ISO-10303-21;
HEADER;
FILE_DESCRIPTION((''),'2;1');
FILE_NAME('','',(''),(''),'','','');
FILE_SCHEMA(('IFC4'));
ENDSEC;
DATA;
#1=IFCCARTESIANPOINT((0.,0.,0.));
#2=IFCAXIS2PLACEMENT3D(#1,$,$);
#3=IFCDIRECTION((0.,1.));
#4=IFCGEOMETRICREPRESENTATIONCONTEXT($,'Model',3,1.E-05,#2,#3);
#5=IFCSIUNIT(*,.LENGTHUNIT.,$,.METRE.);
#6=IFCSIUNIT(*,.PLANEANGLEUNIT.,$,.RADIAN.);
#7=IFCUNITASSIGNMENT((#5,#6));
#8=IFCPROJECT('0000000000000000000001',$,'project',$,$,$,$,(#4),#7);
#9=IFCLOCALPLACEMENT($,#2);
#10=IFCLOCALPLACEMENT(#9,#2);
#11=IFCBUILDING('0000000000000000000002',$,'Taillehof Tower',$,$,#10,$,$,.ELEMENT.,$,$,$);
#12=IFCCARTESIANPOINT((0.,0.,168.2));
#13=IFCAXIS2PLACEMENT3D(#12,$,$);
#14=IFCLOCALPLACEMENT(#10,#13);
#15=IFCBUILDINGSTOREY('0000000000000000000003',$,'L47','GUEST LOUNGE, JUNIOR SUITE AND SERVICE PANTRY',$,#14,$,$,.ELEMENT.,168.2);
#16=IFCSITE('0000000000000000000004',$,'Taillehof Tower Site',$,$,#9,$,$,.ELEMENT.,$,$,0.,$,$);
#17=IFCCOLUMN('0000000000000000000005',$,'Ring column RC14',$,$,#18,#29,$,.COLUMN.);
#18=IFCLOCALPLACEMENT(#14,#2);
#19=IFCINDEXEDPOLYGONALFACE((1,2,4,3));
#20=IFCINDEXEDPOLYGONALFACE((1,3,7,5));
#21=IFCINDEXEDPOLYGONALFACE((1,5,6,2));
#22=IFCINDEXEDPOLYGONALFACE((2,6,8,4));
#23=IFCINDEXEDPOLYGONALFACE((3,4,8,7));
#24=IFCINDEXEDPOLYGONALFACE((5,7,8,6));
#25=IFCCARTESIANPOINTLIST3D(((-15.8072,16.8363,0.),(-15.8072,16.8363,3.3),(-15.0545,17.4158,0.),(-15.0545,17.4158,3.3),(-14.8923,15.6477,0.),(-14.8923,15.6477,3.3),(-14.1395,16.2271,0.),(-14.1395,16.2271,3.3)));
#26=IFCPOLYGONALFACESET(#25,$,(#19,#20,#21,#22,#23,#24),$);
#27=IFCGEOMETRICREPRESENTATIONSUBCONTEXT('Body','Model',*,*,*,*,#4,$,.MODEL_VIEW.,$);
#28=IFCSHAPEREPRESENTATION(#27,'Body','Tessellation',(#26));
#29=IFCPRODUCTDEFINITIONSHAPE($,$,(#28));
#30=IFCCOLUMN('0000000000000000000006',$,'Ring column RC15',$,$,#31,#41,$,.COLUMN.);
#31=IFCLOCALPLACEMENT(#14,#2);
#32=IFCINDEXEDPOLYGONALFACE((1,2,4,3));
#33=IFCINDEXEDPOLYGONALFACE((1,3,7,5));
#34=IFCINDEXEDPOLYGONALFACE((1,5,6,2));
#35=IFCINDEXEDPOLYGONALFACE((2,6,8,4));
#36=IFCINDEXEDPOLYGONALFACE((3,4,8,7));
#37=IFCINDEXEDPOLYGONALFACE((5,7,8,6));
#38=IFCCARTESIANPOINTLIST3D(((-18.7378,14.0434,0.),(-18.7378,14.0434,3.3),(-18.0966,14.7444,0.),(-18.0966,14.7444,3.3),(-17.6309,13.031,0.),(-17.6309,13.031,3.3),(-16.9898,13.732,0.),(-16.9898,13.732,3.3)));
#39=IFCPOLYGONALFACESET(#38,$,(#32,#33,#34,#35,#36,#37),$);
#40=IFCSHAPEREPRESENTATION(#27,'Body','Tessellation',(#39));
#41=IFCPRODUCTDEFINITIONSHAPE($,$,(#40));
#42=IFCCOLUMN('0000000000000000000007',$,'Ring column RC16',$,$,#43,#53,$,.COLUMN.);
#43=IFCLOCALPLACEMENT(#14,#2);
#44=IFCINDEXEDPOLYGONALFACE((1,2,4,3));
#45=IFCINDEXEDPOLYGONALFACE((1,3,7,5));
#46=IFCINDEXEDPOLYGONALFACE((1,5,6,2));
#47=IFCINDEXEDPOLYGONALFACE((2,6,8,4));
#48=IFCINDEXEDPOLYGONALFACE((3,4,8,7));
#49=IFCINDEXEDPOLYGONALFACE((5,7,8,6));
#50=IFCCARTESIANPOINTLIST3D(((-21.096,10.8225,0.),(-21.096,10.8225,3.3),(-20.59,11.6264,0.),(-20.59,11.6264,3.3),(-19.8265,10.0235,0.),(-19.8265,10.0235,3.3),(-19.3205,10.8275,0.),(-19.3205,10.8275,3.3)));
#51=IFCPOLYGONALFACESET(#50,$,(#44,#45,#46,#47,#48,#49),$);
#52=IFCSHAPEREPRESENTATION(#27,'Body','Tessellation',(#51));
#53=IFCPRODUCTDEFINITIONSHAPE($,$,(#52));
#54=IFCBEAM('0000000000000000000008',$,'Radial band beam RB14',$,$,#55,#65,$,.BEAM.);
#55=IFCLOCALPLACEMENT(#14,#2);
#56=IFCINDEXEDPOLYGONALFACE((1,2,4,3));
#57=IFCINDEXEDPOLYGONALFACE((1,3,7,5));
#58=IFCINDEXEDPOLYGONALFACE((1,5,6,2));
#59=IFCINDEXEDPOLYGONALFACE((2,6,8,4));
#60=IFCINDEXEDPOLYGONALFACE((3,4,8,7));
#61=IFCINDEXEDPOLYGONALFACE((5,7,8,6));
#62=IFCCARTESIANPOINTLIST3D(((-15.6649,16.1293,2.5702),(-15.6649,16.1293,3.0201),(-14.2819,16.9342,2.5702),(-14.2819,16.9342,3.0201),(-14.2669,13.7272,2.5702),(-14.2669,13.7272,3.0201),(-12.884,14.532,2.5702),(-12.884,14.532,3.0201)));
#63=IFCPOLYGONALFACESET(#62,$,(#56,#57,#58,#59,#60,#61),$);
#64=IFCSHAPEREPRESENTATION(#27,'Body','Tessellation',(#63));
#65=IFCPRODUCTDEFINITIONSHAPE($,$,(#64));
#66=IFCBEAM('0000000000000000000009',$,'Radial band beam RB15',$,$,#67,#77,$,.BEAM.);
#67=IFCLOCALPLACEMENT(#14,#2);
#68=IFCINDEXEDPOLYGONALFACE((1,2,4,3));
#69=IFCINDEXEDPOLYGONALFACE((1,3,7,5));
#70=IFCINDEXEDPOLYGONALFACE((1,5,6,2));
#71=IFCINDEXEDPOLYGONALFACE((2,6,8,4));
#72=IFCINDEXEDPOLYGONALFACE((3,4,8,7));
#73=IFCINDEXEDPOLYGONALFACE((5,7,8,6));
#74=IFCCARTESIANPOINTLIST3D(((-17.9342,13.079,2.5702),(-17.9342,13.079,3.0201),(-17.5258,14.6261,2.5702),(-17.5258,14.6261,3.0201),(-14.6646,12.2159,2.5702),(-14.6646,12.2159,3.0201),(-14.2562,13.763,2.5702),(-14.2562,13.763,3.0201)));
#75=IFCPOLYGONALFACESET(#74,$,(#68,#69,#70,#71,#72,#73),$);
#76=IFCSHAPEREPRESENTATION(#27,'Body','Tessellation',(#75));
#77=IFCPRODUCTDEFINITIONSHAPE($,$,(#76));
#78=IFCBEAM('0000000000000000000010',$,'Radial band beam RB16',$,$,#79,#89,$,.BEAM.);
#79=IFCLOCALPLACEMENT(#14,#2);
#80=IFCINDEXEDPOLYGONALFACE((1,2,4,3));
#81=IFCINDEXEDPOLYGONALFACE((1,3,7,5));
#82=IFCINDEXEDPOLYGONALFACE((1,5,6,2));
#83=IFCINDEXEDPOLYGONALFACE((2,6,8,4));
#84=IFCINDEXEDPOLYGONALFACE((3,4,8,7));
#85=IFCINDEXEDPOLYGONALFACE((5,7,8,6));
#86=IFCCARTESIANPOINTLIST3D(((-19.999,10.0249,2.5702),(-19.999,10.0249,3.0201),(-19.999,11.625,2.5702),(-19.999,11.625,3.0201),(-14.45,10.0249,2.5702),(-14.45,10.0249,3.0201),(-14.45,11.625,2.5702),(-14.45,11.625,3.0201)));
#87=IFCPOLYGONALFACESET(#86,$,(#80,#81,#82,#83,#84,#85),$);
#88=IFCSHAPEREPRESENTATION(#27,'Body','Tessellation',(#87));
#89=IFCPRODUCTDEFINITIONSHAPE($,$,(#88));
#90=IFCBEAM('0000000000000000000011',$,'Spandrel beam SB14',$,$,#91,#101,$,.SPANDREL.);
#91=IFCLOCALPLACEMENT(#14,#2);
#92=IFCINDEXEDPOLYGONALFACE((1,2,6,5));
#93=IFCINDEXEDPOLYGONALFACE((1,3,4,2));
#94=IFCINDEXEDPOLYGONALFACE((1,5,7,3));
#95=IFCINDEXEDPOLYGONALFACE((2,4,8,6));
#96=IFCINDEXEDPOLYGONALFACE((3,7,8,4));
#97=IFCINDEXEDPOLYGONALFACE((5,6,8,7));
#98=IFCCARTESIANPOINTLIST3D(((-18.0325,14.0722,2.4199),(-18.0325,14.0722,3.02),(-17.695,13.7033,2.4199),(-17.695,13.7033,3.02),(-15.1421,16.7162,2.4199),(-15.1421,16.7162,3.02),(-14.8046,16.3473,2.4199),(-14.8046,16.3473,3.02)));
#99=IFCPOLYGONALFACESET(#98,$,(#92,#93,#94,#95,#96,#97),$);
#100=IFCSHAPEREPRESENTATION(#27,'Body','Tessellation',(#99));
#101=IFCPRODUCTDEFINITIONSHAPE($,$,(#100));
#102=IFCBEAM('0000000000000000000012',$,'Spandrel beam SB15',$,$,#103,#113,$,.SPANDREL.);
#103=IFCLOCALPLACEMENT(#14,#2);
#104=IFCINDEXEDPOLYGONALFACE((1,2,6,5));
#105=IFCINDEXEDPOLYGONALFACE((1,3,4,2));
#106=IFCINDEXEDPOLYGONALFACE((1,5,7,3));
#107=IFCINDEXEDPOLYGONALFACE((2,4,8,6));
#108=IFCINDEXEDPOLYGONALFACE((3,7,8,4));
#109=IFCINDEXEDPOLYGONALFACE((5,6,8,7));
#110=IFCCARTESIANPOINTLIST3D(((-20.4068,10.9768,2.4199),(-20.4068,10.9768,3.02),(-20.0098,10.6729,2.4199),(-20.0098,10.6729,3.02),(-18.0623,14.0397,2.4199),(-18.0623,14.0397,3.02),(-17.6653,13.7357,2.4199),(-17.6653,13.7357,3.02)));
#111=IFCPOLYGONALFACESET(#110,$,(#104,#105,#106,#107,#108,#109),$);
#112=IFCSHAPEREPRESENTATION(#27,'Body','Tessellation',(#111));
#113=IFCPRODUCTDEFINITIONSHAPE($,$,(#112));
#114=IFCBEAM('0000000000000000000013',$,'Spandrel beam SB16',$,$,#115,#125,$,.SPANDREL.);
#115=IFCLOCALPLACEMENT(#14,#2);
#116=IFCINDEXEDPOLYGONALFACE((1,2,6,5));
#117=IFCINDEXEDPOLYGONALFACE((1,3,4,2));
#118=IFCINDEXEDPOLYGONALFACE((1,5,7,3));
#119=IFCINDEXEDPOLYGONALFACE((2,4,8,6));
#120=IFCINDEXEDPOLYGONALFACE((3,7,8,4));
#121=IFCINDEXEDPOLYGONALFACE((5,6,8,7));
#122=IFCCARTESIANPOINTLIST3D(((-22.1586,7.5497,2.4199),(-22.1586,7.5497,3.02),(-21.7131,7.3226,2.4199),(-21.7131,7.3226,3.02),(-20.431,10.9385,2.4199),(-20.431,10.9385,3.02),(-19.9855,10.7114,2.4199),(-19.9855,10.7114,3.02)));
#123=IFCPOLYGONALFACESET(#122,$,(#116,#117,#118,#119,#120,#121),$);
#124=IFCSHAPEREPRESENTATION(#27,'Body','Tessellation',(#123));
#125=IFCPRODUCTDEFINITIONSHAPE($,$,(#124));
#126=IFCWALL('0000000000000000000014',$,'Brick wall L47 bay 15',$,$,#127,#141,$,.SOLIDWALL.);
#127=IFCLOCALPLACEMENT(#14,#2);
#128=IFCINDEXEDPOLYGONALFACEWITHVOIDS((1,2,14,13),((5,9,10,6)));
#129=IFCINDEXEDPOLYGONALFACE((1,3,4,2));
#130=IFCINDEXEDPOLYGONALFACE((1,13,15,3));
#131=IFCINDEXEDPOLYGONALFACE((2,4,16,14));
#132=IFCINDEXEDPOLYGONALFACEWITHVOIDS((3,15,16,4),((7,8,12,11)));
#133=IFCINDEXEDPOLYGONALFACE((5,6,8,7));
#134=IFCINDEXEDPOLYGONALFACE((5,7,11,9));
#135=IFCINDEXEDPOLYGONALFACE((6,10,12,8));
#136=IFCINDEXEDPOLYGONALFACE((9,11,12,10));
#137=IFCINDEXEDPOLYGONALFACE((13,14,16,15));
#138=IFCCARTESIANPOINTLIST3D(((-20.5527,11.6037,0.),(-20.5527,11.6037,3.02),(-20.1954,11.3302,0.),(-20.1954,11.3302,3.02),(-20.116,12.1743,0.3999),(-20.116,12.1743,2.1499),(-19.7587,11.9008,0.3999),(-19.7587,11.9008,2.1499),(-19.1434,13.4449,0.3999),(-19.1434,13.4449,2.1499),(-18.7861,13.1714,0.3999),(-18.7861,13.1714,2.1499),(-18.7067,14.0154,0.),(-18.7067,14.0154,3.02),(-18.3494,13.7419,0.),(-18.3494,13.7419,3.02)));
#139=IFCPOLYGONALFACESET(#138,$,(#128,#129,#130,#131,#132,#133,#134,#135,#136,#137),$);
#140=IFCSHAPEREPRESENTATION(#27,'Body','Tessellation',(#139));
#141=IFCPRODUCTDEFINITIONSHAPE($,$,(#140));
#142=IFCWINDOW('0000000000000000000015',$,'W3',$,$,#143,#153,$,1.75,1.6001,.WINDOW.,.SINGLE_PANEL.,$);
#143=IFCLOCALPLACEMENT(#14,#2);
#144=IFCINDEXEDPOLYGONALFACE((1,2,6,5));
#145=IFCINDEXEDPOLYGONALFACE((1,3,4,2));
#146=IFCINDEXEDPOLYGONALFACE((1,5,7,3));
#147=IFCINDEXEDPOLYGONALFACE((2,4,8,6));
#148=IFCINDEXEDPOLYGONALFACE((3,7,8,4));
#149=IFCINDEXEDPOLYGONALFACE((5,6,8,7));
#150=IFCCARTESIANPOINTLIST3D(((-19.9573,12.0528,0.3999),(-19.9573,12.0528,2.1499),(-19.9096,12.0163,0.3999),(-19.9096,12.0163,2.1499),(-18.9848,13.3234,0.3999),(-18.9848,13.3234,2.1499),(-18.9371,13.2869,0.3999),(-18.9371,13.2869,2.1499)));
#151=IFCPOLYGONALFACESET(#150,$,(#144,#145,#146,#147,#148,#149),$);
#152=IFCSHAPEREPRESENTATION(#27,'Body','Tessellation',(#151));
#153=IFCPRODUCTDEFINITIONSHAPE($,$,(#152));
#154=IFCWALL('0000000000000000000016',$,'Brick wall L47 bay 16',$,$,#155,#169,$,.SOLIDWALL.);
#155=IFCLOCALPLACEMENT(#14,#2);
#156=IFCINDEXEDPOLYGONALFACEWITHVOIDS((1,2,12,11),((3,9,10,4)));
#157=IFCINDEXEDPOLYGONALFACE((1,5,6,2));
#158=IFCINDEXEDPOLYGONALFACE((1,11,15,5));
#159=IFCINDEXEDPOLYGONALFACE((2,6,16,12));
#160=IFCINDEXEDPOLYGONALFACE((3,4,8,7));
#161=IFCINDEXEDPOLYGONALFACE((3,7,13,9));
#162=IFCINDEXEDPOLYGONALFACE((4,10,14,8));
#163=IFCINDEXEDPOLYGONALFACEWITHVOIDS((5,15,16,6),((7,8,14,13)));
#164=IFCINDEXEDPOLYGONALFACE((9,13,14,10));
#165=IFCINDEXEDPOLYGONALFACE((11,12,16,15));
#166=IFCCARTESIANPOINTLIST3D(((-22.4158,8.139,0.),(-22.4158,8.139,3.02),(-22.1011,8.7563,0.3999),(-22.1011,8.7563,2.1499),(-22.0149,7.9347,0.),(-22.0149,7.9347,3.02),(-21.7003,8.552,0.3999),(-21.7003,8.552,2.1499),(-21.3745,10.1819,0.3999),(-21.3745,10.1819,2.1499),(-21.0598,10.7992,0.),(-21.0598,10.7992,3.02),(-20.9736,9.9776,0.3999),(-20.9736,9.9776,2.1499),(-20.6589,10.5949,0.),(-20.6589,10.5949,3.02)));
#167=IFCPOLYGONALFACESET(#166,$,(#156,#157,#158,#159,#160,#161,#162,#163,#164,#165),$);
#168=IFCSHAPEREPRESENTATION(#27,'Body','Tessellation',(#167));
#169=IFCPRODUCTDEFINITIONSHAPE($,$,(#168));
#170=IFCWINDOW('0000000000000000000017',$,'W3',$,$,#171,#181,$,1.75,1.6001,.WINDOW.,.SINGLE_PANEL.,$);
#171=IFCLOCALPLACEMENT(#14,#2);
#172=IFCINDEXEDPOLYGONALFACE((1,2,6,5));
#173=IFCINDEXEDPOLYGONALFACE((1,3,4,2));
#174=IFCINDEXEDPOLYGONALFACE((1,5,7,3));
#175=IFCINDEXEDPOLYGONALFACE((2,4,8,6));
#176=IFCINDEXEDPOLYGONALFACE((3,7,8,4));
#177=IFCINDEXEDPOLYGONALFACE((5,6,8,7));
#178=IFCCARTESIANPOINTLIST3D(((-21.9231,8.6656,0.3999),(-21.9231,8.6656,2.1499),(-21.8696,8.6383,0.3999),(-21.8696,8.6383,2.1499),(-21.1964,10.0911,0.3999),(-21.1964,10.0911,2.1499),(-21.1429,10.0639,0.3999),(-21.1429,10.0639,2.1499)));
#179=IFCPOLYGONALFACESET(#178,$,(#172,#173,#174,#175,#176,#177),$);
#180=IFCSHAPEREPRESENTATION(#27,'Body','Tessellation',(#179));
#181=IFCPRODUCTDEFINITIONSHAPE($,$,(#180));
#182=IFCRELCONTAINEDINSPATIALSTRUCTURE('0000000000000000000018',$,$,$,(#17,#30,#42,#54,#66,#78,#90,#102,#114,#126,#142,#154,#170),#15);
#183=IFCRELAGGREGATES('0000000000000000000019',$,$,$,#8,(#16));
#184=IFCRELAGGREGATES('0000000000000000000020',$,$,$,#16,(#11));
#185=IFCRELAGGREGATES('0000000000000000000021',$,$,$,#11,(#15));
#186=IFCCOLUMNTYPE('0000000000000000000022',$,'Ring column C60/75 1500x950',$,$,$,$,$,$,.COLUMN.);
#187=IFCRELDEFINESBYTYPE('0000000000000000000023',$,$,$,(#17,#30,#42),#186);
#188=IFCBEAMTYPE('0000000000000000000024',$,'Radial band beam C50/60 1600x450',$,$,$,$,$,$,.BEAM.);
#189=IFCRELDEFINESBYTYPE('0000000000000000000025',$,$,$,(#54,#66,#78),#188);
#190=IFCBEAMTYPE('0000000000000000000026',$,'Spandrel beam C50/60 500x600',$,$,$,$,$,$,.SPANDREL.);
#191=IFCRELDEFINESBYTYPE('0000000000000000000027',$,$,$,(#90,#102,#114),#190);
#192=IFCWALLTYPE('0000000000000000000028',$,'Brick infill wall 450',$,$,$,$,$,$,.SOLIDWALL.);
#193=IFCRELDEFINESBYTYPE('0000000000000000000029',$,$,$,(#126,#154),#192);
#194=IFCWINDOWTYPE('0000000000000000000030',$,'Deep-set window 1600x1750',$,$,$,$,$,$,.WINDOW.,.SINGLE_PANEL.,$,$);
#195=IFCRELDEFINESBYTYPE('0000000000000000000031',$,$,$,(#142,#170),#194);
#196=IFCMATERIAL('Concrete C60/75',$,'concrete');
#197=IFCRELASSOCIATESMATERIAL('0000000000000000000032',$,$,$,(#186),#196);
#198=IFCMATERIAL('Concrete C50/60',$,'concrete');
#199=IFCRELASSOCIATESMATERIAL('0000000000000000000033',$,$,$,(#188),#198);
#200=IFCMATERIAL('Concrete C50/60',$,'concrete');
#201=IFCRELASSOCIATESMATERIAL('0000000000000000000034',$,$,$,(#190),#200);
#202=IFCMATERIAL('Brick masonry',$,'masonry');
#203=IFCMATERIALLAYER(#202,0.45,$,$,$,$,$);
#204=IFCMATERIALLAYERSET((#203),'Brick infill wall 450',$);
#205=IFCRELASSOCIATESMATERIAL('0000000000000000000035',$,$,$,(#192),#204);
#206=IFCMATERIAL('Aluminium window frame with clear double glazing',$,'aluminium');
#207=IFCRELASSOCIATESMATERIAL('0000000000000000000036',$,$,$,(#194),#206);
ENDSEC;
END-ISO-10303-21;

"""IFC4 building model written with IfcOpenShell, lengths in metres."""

from ifc_helpers import new_model, si_unit, direction, frame, frame_2d, origin, origin_2d, place, context, subcontext, project, spatial, rectangle, extrude, material, layer, layer_set, material_profile, profile_set, type_object, element, fill, save


model = new_model("IFC4")

# Units and contexts
model_context = context("Model", 3, precision=1e-05, world=origin(), true_north=direction((0.0, 1.0)))
body_context = subcontext(model_context, "Body", "Model", "MODEL_VIEW")
ifc_project = project(units=[si_unit("LENGTHUNIT", "METRE"), si_unit("PLANEANGLEUNIT", "RADIAN")], contexts=[model_context])

# Site, building, storey
site_placement = place(None, origin())
site = spatial("IfcSite", under=ifc_project, at=site_placement, Name="Taillehof Tower Site", CompositionType="ELEMENT", RefElevation=0.0)
building_placement = place(site_placement, origin())
building = spatial("IfcBuilding", under=site, at=building_placement, Name="Taillehof Tower", CompositionType="ELEMENT")
storey_placement = place(building_placement, frame((0.0, 0.0, 168.2)))
storey = spatial("IfcBuildingStorey", under=building, at=storey_placement, Name="L47", Description="GUEST LOUNGE, JUNIOR SUITE AND SERVICE PANTRY", CompositionType="ELEMENT", Elevation=168.2)

# Columns
ifc_material_1 = material(Name="Concrete C60/75", Category="concrete")
ifc_material_profile_1 = material_profile(ifc_material_1, rectangle(XDim=1.5, YDim=0.95, at=origin_2d()), Name="RC 1500x950")
ifc_profile_set_1 = profile_set([ifc_material_profile_1], Name="Concrete C60/75")
column_type = type_object("IfcColumnType", Name="Ring column C60/75 1500x950", PredefinedType="COLUMN", material=ifc_profile_set_1)
for number, where, z_axis, x_axis, name in (
    (1, (-14.9734, 16.5317, 0.0), (0.0, 0.0, 1.0), (-0.609971, 0.792424, 0.0), "Ring column RC14"),
    (2, (-17.8638, 13.8877, 0.0), (0.0, 0.0, 1.0), (-0.737879, 0.674933, 0.0), "Ring column RC15"),
    (3, (-20.2083, 10.825, 0.0), (0.0, 0.0, 1.0), (-0.846334, 0.532652, 0.0), "Ring column RC16"),
):
    element("IfcColumn", number, at=place(storey_placement, frame(where, z_axis=z_axis, x_axis=x_axis)), inside=storey, type_object=column_type, Name=name, PredefinedType="COLUMN", context=body_context, shape_type="SweptSolid", body=[
        extrude(rectangle(XDim=1.5, YDim=0.95, at=origin_2d()), origin(), (0.0, 0.0, 1.0), 3.3),
    ])

# Beams
ifc_material_2 = material(Name="Concrete C50/60", Category="concrete")
ifc_material_profile_2 = material_profile(ifc_material_2, rectangle(XDim=1.6001, YDim=0.45, at=origin_2d()), Name="RC 1600x450")
ifc_profile_set_2 = profile_set([ifc_material_profile_2], Name="Concrete C50/60")
beam_type_1 = type_object("IfcBeamType", Name="Radial band beam C50/60 1600x450", PredefinedType="BEAM", material=ifc_profile_set_2)
beam_1_placement = place(storey_placement, frame((-14.9734, 16.5317, 2.7952), z_axis=(0.502991, -0.864291, 0.0), x_axis=(0.864291, 0.502991, 0.0)))
element("IfcBeam", 4, at=beam_1_placement, inside=storey, type_object=beam_type_1, Name="Radial band beam RB14", PredefinedType="BEAM", context=body_context, shape_type="SweptSolid", body=[
    extrude(rectangle(XDim=1.6001, YDim=0.45, at=origin_2d()), origin(), (0.0, 0.0, 1.0), 2.7793),
])
beam_2_placement = place(storey_placement, frame((-17.73, 13.8525, 2.7952), z_axis=(0.966883, -0.255222, 0.0), x_axis=(0.255222, 0.966883, 0.0)))
element("IfcBeam", 5, at=beam_2_placement, inside=storey, type_object=beam_type_1, Name="Radial band beam RB15", PredefinedType="BEAM", context=body_context, shape_type="SweptSolid", body=[
    extrude(rectangle(XDim=1.6001, YDim=0.45, at=origin_2d()), origin(), (0.0, 0.0, 1.0), 3.3816),
])
beam_3_placement = place(storey_placement, frame((-19.999, 10.825, 2.7952), z_axis=(1.0, 0.0, 0.0), x_axis=(0.0, 1.0, 0.0)))
element("IfcBeam", 6, at=beam_3_placement, inside=storey, type_object=beam_type_1, Name="Radial band beam RB16", PredefinedType="BEAM", context=body_context, shape_type="SweptSolid", body=[
    extrude(rectangle(XDim=1.6001, YDim=0.45, at=origin_2d()), origin(), (0.0, 0.0, 1.0), 5.5491),
])
ifc_material_3 = material(Name="Concrete C50/60", Category="concrete")
ifc_material_profile_3 = material_profile(ifc_material_3, rectangle(XDim=0.5, YDim=0.6001, at=origin_2d()), Name="RC 500x600")
ifc_profile_set_3 = profile_set([ifc_material_profile_3], Name="Concrete C50/60")
beam_type_2 = type_object("IfcBeamType", Name="Spandrel beam C50/60 500x600", PredefinedType="SPANDREL", material=ifc_profile_set_3)
beam_4_placement = place(storey_placement, frame((-14.9734, 16.5317, 2.72), z_axis=(-0.73785, -0.674965, 0.0), x_axis=(0.674965, -0.73785, 0.0)))
element("IfcBeam", 7, at=beam_4_placement, inside=storey, type_object=beam_type_2, Name="Spandrel beam SB14", PredefinedType="SPANDREL", context=body_context, shape_type="SweptSolid", body=[
    extrude(rectangle(XDim=0.5, YDim=0.6001, at=origin_2d()), origin(), (0.0, 0.0, 1.0), 3.9172),
])
beam_5_placement = place(storey_placement, frame((-17.8638, 13.8877, 2.72), z_axis=(-0.60784, -0.794059, 0.0), x_axis=(0.794059, -0.60784, 0.0)))
element("IfcBeam", 8, at=beam_5_placement, inside=storey, type_object=beam_type_2, Name="Spandrel beam SB15", PredefinedType="SPANDREL", context=body_context, shape_type="SweptSolid", body=[
    extrude(rectangle(XDim=0.5, YDim=0.6001, at=origin_2d()), origin(), (0.0, 0.0, 1.0), 3.8572),
])
beam_6_placement = place(storey_placement, frame((-20.2083, 10.825, 2.72), z_axis=(-0.454183, -0.890908, 0.0), x_axis=(0.890908, -0.454183, 0.0)))
element("IfcBeam", 9, at=beam_6_placement, inside=storey, type_object=beam_type_2, Name="Spandrel beam SB16", PredefinedType="SPANDREL", context=body_context, shape_type="SweptSolid", body=[
    extrude(rectangle(XDim=0.5, YDim=0.6001, at=origin_2d()), origin(), (0.0, 0.0, 1.0), 3.8037),
])

# Walls, openings, windows
ifc_material_4 = material(Name="Brick masonry", Category="masonry")
ifc_layer_1 = layer(ifc_material_4, 0.45)
ifc_layer_set_1 = layer_set([ifc_layer_1], Name="Brick infill wall 450")
wall_type_1 = type_object("IfcWallType", Name="Brick infill wall 450", PredefinedType="SOLIDWALL", material=ifc_layer_set_1)
wall_1_placement = place(storey_placement, frame((-18.5281, 13.8787, 0.0), z_axis=(0.0, 0.0, 1.0), x_axis=(-0.607817, -0.794077, 0.0)))
wall_1 = element("IfcWall", 10, at=wall_1_placement, inside=storey, type_object=wall_type_1, Name="Brick wall L47 bay 15", PredefinedType="SOLIDWALL", context=body_context, shape_type="SweptSolid", body=[
    extrude(rectangle(XDim=3.0371, YDim=0.45, at=frame_2d((1.5186, 0.0))), origin(), (0.0, 0.0, 1.0), 3.02),
])
opening_1_placement = place(wall_1_placement, frame((0.7185, 0.0, 0.3999)))
opening_1 = element("IfcOpeningElement", 11, at=opening_1_placement, cuts=wall_1, PredefinedType="OPENING", context=body_context, shape_type="SweptSolid", body=[
    extrude(rectangle(XDim=1.6001, YDim=1.75, at=frame_2d((0.8, 0.875))), frame((0.0, 0.2349, 0.0), z_axis=(0.0, -1.0, 0.0), x_axis=(1.0, 0.0, 0.0)), (0.0, 0.0, 1.0), 0.47),
])
ifc_material_5 = material(Name="Aluminium window frame with clear double glazing", Category="aluminium")
window_type_1 = type_object("IfcWindowType", Name="Deep-set window 1600x1750", PartitioningType="SINGLE_PANEL", PredefinedType="WINDOW", material=ifc_material_5)
window_1_placement = place(opening_1_placement, origin())
window_1 = element("IfcWindow", 12, at=window_1_placement, inside=storey, type_object=window_type_1, Name="W3", OverallHeight=1.75, OverallWidth=1.6001, PartitioningType="SINGLE_PANEL", PredefinedType="WINDOW", context=body_context, shape_type="SweptSolid", body=[
    extrude(rectangle(XDim=1.6001, YDim=1.75, at=frame_2d((0.8, 0.875))), frame((0.0, 0.0349, 0.0), z_axis=(0.0, -1.0, 0.0), x_axis=(1.0, 0.0, 0.0)), (0.0, 0.0, 1.0), 0.0601),
])
fill(opening_1, window_1)
wall_2_placement = place(storey_placement, frame((-20.8594, 10.697, 0.0), z_axis=(0.0, 0.0, 1.0), x_axis=(-0.454134, -0.890933, 0.0)))
wall_2 = element("IfcWall", 13, at=wall_2_placement, inside=storey, type_object=wall_type_1, Name="Brick wall L47 bay 16", PredefinedType="SOLIDWALL", context=body_context, shape_type="SweptSolid", body=[
    extrude(rectangle(XDim=2.9858, YDim=0.45, at=frame_2d((1.4929, 0.0))), origin(), (0.0, 0.0, 1.0), 3.02),
])
opening_2_placement = place(wall_2_placement, frame((0.6929, 0.0, 0.3999)))
opening_2 = element("IfcOpeningElement", 14, at=opening_2_placement, cuts=wall_2, PredefinedType="OPENING", context=body_context, shape_type="SweptSolid", body=[
    extrude(rectangle(XDim=1.6001, YDim=1.75, at=frame_2d((0.8, 0.875))), frame((0.0, 0.2349, 0.0), z_axis=(0.0, -1.0, 0.0), x_axis=(1.0, 0.0, 0.0)), (0.0, 0.0, 1.0), 0.47),
])
window_2_placement = place(opening_2_placement, origin())
window_2 = element("IfcWindow", 15, at=window_2_placement, inside=storey, type_object=window_type_1, Name="W3", OverallHeight=1.75, OverallWidth=1.6001, PartitioningType="SINGLE_PANEL", PredefinedType="WINDOW", context=body_context, shape_type="SweptSolid", body=[
    extrude(rectangle(XDim=1.6001, YDim=1.75, at=frame_2d((0.8, 0.875))), frame((0.0, 0.0349, 0.0), z_axis=(0.0, -1.0, 0.0), x_axis=(1.0, 0.0, 0.0)), (0.0, 0.0, 1.0), 0.0601),
])
fill(opening_2, window_2)

save(model, "model.ifc")
